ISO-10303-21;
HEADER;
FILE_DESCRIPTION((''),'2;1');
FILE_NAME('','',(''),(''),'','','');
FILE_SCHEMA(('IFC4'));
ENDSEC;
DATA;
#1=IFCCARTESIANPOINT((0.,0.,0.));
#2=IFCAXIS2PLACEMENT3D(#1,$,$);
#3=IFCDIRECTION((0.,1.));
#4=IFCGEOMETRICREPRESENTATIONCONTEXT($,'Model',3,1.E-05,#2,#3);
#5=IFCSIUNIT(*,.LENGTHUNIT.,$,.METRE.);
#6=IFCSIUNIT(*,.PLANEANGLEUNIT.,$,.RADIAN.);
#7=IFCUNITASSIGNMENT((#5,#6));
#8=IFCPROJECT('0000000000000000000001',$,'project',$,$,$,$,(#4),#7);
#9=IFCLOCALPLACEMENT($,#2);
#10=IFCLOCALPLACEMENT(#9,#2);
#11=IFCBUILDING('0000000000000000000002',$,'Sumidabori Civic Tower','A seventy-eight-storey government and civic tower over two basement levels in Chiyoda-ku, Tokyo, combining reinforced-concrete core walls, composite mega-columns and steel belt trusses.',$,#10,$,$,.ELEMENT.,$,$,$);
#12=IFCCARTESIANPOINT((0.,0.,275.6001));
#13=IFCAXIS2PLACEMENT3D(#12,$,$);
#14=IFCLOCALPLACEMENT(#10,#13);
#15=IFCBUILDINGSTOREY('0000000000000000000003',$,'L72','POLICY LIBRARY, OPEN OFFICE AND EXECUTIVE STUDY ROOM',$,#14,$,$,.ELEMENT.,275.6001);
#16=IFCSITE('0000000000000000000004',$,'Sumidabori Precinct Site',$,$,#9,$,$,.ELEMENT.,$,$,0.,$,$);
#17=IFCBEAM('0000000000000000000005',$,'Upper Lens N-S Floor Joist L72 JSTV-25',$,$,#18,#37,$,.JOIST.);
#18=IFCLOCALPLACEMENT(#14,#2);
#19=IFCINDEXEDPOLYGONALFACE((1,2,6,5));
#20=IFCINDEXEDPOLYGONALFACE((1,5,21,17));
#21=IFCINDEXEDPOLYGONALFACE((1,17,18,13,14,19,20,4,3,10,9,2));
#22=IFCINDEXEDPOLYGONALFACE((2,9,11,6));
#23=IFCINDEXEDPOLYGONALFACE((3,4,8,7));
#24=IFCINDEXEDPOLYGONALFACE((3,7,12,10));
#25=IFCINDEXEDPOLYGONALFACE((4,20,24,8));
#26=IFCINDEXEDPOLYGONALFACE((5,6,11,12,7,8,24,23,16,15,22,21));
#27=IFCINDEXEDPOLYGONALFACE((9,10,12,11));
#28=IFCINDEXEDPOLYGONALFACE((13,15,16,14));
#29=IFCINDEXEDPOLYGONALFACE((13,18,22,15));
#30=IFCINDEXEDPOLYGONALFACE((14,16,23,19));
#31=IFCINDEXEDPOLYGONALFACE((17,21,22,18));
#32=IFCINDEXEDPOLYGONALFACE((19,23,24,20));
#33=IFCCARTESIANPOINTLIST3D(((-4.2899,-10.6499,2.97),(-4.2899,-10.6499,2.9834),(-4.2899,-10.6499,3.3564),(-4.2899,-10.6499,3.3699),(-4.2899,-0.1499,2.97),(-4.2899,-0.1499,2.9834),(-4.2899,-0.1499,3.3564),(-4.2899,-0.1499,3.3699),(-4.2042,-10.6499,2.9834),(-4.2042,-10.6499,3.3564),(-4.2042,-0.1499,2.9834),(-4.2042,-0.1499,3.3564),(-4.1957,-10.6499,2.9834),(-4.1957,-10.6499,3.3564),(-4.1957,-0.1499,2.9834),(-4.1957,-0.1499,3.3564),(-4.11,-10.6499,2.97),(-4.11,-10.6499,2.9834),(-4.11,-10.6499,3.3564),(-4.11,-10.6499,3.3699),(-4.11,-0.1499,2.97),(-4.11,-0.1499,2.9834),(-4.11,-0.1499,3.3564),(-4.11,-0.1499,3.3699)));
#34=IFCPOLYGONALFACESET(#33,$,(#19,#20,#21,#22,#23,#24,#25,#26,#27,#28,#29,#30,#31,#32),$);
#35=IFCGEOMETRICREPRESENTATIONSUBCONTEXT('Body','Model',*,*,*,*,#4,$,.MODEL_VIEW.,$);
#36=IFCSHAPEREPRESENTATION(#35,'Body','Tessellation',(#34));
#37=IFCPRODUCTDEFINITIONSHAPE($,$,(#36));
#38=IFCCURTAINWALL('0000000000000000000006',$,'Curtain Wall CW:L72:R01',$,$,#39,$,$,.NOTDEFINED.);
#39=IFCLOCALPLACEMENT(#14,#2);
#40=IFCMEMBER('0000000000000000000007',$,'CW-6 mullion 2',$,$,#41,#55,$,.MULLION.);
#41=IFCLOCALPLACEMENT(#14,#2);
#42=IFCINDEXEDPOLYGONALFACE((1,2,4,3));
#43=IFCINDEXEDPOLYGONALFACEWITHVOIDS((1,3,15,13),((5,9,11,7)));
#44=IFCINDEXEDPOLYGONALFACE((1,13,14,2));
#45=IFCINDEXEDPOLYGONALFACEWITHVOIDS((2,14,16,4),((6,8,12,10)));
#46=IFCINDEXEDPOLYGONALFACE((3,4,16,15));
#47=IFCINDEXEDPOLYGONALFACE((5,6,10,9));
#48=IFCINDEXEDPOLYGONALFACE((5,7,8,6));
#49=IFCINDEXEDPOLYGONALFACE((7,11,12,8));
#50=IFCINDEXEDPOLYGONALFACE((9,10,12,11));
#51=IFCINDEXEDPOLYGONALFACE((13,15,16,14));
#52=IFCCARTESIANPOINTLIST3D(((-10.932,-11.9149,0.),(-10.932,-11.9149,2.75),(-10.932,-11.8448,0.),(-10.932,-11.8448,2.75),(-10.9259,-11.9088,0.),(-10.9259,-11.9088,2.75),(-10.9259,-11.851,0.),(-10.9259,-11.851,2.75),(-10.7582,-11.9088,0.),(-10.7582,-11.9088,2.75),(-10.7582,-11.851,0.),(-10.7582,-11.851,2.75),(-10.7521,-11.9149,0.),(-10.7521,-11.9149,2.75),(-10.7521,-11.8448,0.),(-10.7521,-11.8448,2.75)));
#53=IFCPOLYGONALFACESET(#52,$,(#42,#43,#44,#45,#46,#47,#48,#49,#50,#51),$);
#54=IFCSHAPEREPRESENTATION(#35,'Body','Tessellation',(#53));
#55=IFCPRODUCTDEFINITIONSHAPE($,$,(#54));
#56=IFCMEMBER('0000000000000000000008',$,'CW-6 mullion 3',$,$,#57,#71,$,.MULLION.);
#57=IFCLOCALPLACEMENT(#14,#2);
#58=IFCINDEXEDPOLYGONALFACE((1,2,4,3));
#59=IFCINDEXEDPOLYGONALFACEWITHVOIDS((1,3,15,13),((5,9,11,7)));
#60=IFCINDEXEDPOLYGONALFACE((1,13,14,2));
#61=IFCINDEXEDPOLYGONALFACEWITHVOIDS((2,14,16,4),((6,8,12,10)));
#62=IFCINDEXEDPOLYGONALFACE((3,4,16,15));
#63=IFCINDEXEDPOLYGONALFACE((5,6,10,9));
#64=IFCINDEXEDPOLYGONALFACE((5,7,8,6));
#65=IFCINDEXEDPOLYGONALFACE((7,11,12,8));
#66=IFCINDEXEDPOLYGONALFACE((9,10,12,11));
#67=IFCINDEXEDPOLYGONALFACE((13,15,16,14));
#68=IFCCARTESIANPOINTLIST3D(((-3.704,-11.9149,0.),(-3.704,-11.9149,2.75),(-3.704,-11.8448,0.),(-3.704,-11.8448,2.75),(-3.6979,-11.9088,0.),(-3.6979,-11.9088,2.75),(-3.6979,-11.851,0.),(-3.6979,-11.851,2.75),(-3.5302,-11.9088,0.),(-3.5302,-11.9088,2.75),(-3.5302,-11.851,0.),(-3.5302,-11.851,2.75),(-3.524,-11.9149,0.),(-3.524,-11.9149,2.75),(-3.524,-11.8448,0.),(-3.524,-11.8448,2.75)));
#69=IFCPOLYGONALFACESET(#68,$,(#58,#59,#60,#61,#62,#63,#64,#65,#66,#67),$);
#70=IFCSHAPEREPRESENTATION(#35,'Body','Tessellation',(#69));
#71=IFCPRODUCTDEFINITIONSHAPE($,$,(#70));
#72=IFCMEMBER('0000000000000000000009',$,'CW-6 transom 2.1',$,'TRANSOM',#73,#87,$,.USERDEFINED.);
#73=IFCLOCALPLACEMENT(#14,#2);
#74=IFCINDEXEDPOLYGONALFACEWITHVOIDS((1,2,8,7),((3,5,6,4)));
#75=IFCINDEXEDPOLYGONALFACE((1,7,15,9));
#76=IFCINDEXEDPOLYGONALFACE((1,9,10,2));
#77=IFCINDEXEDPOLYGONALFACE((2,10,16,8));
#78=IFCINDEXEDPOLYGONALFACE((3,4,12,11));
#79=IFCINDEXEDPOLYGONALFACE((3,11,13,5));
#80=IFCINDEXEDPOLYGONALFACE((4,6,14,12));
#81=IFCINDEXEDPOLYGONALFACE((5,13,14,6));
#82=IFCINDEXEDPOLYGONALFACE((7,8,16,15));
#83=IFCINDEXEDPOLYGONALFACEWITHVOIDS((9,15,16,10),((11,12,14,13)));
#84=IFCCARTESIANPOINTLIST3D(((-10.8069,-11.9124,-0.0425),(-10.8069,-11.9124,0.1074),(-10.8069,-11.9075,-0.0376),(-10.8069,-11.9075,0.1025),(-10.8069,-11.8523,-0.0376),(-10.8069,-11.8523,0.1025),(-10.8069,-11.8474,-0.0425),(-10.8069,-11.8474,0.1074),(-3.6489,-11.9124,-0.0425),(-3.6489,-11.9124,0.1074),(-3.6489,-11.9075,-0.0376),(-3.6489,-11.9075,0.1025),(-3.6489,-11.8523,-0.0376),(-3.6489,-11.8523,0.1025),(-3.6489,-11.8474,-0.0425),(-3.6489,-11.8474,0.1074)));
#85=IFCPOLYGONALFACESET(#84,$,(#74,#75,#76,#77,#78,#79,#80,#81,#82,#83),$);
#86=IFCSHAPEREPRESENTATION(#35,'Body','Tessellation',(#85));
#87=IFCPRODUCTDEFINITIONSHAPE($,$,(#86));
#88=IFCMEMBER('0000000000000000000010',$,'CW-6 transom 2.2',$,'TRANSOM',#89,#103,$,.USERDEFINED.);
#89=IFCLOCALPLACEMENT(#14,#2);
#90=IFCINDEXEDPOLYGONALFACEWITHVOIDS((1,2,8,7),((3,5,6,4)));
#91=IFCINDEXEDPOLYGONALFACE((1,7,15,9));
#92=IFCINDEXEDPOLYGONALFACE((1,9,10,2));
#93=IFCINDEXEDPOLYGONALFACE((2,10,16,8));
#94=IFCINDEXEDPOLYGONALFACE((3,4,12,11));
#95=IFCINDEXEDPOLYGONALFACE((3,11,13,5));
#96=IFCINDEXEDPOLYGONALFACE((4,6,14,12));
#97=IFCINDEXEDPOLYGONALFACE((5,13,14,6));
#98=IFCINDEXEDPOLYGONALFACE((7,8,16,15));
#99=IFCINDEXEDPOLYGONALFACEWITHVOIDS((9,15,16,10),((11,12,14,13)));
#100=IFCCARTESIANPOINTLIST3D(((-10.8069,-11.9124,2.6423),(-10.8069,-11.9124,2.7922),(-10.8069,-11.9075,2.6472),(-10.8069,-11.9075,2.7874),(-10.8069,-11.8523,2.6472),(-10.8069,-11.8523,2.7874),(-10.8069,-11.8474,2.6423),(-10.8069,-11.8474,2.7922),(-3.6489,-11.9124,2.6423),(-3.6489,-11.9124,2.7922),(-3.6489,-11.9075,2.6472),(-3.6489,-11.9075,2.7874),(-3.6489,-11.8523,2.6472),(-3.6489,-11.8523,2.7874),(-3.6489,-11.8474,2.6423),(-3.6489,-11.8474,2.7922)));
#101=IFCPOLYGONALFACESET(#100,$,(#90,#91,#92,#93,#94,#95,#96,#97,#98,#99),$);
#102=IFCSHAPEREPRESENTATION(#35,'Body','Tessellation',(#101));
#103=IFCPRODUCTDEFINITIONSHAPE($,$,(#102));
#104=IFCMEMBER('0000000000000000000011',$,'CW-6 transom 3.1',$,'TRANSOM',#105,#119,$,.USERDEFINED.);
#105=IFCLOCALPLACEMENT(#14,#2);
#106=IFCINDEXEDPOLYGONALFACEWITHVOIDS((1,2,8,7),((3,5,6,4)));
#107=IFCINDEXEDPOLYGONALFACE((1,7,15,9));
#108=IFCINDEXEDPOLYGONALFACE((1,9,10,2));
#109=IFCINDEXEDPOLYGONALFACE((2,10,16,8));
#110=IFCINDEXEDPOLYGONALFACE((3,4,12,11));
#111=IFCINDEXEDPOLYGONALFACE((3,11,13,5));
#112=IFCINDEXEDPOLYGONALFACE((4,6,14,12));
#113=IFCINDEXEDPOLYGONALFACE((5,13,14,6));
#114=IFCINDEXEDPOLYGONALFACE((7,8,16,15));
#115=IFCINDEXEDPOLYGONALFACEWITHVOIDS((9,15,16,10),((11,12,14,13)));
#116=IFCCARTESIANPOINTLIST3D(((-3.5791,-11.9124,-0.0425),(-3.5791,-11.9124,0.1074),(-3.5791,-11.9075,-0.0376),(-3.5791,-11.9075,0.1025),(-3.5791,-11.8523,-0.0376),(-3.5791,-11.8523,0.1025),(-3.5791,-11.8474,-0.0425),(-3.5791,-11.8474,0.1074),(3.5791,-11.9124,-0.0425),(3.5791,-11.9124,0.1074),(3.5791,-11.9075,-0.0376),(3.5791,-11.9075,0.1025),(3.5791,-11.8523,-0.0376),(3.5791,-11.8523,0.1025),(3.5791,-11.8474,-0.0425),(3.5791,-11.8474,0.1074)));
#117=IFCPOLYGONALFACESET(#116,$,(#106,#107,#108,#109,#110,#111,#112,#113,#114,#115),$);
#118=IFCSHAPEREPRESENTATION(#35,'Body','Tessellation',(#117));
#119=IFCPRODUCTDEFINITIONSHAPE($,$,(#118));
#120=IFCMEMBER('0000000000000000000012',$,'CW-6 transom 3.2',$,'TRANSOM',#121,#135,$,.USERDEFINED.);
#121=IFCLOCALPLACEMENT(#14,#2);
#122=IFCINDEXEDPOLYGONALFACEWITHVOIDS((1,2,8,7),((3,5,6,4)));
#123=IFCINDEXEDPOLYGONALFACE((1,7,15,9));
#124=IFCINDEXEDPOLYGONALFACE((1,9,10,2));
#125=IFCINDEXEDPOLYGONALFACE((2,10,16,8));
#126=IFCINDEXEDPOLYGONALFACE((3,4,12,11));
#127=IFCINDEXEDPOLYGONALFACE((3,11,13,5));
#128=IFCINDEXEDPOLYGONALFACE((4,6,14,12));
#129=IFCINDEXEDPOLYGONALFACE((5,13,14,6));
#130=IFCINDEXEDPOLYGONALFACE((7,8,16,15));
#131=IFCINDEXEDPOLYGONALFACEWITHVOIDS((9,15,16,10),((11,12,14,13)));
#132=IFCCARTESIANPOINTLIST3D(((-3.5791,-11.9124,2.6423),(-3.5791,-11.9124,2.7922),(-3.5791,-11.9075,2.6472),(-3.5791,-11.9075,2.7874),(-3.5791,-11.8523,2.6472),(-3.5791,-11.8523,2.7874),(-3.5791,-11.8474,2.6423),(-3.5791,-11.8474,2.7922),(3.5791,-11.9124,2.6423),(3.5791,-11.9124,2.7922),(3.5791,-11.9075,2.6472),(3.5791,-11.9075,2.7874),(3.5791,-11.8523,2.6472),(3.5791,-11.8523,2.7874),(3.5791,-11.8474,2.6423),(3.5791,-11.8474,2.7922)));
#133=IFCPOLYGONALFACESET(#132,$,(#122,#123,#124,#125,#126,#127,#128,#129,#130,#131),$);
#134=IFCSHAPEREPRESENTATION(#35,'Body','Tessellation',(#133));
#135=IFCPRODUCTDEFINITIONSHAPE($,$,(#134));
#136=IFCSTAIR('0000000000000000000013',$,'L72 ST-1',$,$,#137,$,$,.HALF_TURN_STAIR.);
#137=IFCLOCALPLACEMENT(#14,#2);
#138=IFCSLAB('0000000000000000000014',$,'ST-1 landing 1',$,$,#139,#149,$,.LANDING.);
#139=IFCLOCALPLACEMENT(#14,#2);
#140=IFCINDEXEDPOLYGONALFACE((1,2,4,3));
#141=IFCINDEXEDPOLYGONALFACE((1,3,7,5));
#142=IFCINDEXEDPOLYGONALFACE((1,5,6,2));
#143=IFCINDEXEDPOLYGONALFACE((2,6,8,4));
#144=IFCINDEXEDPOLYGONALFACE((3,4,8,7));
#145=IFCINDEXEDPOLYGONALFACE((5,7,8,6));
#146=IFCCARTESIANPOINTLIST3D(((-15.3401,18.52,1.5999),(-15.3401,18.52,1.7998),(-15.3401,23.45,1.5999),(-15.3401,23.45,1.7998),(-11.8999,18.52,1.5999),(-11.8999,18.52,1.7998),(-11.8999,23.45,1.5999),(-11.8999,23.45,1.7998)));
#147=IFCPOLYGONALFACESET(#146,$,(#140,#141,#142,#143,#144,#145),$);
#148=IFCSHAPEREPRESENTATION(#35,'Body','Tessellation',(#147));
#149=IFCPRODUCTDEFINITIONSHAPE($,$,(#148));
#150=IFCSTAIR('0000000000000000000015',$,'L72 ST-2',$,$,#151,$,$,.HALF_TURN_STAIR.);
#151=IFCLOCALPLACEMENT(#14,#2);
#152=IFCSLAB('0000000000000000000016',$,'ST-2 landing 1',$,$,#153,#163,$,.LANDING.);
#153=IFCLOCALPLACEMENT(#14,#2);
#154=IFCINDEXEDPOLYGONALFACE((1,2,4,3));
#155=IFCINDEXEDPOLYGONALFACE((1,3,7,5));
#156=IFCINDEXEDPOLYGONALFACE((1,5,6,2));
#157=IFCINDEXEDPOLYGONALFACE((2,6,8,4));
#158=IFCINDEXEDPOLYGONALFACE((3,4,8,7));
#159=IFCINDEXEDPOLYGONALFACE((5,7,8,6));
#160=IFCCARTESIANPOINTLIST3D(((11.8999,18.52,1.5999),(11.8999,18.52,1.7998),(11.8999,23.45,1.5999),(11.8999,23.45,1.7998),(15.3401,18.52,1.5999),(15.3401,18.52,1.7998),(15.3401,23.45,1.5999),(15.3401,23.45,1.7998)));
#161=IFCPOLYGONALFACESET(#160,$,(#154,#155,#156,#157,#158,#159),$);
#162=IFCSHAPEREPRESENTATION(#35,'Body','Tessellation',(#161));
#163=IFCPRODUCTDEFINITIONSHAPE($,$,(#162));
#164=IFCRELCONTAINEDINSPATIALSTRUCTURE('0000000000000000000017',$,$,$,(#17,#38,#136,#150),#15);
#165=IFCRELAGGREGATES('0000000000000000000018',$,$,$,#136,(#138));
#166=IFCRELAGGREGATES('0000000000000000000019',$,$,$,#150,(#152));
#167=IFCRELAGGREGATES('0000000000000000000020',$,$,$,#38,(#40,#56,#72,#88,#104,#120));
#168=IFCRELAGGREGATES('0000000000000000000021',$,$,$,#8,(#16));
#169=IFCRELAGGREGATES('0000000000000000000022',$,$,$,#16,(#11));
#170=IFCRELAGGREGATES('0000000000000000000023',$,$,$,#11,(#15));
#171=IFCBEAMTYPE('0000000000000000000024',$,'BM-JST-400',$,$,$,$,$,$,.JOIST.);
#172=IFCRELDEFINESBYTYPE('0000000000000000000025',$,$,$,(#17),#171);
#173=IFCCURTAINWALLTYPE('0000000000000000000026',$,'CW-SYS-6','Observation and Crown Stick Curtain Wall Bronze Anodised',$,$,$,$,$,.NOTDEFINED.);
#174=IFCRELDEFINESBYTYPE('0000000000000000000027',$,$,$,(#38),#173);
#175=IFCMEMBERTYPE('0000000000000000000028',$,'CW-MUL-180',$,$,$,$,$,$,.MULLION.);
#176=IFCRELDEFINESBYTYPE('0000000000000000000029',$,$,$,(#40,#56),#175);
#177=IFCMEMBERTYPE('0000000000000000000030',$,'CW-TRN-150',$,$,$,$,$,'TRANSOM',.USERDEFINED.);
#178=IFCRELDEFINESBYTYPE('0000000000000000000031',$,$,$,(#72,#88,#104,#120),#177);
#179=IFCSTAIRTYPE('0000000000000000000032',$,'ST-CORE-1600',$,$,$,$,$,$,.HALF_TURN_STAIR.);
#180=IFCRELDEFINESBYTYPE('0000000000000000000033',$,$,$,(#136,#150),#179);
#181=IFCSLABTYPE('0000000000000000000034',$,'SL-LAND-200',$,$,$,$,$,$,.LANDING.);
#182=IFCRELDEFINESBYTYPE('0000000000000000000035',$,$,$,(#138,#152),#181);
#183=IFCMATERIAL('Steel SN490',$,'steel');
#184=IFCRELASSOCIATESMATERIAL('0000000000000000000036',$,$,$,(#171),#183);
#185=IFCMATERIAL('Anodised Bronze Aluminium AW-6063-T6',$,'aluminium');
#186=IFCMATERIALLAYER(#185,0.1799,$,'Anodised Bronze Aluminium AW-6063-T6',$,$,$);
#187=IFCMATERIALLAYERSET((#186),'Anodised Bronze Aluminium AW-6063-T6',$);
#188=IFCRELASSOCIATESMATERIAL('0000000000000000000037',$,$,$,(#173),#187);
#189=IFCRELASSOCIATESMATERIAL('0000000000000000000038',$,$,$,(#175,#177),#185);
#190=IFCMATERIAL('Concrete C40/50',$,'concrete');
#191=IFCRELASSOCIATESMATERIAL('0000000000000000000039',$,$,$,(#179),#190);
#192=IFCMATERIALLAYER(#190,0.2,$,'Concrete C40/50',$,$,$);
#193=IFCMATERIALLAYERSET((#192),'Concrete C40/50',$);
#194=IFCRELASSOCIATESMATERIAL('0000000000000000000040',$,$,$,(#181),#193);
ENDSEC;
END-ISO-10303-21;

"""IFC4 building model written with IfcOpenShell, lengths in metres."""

from ifc_helpers import new_model, si_unit, direction, frame, origin, origin_2d, place, context, subcontext, project, spatial, polyline, hollow_rectangle, i_section, outline, extrude, source, transform, mapped, material, layer, layer_set, material_profile, profile_set, type_object, element, aggregate, save


model = new_model("IFC4")

# Units and contexts
model_context = context("Model", 3, precision=1e-05, world=origin(), true_north=direction((0.0, 1.0)))
body_context = subcontext(model_context, "Body", "Model", "MODEL_VIEW")
ifc_project = project(units=[si_unit("LENGTHUNIT", "METRE"), si_unit("PLANEANGLEUNIT", "RADIAN")], contexts=[model_context])

# Site, building, storey
site_placement = place(None, origin())
site = spatial("IfcSite", under=ifc_project, at=site_placement, Name="Sumidabori Precinct Site", CompositionType="ELEMENT", RefElevation=0.0)
building_placement = place(site_placement, origin())
building = spatial("IfcBuilding", under=site, at=building_placement, Name="Sumidabori Civic Tower", Description="A seventy-eight-storey government and civic tower over two basement levels in Chiyoda-ku, Tokyo, combining reinforced-concrete core walls, composite mega-columns and steel belt trusses.", CompositionType="ELEMENT")
storey_placement = place(building_placement, frame((0.0, 0.0, 275.6001)))
storey = spatial("IfcBuildingStorey", under=building, at=storey_placement, Name="L72", Description="POLICY LIBRARY, OPEN OFFICE AND EXECUTIVE STUDY ROOM", CompositionType="ELEMENT", Elevation=275.6001)

# Shared definitions
ifc_material_1 = material(Name="Steel SN490", Category="steel")

# Beam
ifc_material_profile_1 = material_profile(ifc_material_1, i_section(OverallWidth=0.1799, OverallDepth=0.3999, WebThickness=0.0085, FlangeThickness=0.0134, at=origin_2d()), Name="IPE 400")
ifc_profile_set_1 = profile_set([ifc_material_profile_1], Name="Steel SN490")
beam_type_1 = type_object("IfcBeamType", Name="BM-JST-400", PredefinedType="JOIST", material=ifc_profile_set_1)
shared_shape_1 = source(origin(), body_context, "Body", "SweptSolid", [
    extrude(i_section(OverallWidth=0.1799, OverallDepth=0.3999, WebThickness=0.0085, FlangeThickness=0.0134, at=origin_2d()), origin(), (0.0, 0.0, 1.0), 10.5),
])
for number, where, z_axis, x_axis, name in (
    (1, (-4.2, -10.6499, 3.1699), (0.0, 1.0, 0.0), (-1.0, 0.0, 0.0), "Upper Lens N-S Floor Joist L72 JSTV-25"),
):
    element("IfcBeam", number, at=place(storey_placement, frame(where, z_axis=z_axis, x_axis=x_axis)), inside=storey, type_object=beam_type_1, Name=name, PredefinedType="JOIST", context=body_context, shape_type="MappedRepresentation", body=[
        mapped(shared_shape_1, transform((0.0, 0.0, 0.0), x_axis=(1.0, 0.0, 0.0), y_axis=(0.0, 1.0, 0.0), z_axis=(0.0, 0.0, 1.0), scale=1.0)),
    ])

# Curtain wall, members
ifc_material_2 = material(Name="Anodised Bronze Aluminium AW-6063-T6", Category="aluminium")
ifc_layer_1 = layer(ifc_material_2, 0.1799, Name="Anodised Bronze Aluminium AW-6063-T6")
ifc_layer_set_1 = layer_set([ifc_layer_1], Name="Anodised Bronze Aluminium AW-6063-T6")
curtain_wall_type = type_object("IfcCurtainWallType", Name="CW-SYS-6", Description="Observation and Crown Stick Curtain Wall Bronze Anodised", PredefinedType="NOTDEFINED", material=ifc_layer_set_1)
curtain_wall_placement = place(storey_placement, origin())
curtain_wall = element("IfcCurtainWall", 2, at=curtain_wall_placement, inside=storey, type_object=curtain_wall_type, Name="Curtain Wall CW:L72:R01", PredefinedType="NOTDEFINED")
ifc_material_profile_2 = material_profile(ifc_material_2, hollow_rectangle(XDim=0.0701, YDim=0.1799, WallThickness=0.0061, at=origin_2d()), Name="ALU MULLION 180x70")
ifc_profile_set_2 = profile_set([ifc_material_profile_2], Name="Anodised Bronze Aluminium AW-6063-T6")
member_type_1 = type_object("IfcMemberType", Name="CW-MUL-180", PredefinedType="MULLION", material=ifc_profile_set_2)
shared_shape_2 = source(origin(), body_context, "Body", "SweptSolid", [
    extrude(hollow_rectangle(XDim=0.0701, YDim=0.1799, WallThickness=0.0061, at=origin_2d()), origin(), (0.0, 0.0, 1.0), 2.75),
])
member_1_placement = place(storey_placement, frame((-10.842, -11.8799, 0.0), z_axis=(0.0, 0.0, 1.0), x_axis=(0.0, 1.0, 0.0)))
member_1 = element("IfcMember", 3, at=member_1_placement, type_object=member_type_1, Name="CW-6 mullion 2", PredefinedType="MULLION", context=body_context, shape_type="MappedRepresentation", body=[
    mapped(shared_shape_2, transform((0.0, 0.0, 0.0), x_axis=(1.0, 0.0, 0.0), y_axis=(0.0, 1.0, 0.0), z_axis=(0.0, 0.0, 1.0), scale=1.0)),
])
member_2_placement = place(storey_placement, frame((-3.614, -11.8799, 0.0), z_axis=(0.0, 0.0, 1.0), x_axis=(0.0, 1.0, 0.0)))
member_2 = element("IfcMember", 4, at=member_2_placement, type_object=member_type_1, Name="CW-6 mullion 3", PredefinedType="MULLION", context=body_context, shape_type="MappedRepresentation", body=[
    mapped(shared_shape_2, transform((0.0, 0.0, 0.0), x_axis=(1.0, 0.0, 0.0), y_axis=(0.0, 1.0, 0.0), z_axis=(0.0, 0.0, 1.0), scale=1.0)),
])
ifc_material_profile_3 = material_profile(ifc_material_2, hollow_rectangle(XDim=0.0649, YDim=0.1499, WallThickness=0.0049, at=origin_2d()), Name="ALU TRANSOM 150x65")
ifc_profile_set_3 = profile_set([ifc_material_profile_3], Name="Anodised Bronze Aluminium AW-6063-T6")
member_type_2 = type_object("IfcMemberType", Name="CW-TRN-150", ElementType="TRANSOM", PredefinedType="USERDEFINED", material=ifc_profile_set_3)
shared_shape_3 = source(origin(), body_context, "Body", "SweptSolid", [
    extrude(hollow_rectangle(XDim=0.0649, YDim=0.1499, WallThickness=0.0049, at=origin_2d()), origin(), (0.0, 0.0, 1.0), 7.158),
])
member_3_placement = place(storey_placement, frame((-10.8069, -11.8799, 0.0325), z_axis=(1.0, 0.0, 0.0), x_axis=(0.0, 1.0, 0.0)))
member_3 = element("IfcMember", 5, at=member_3_placement, type_object=member_type_2, Name="CW-6 transom 2.1", ObjectType="TRANSOM", PredefinedType="USERDEFINED", context=body_context, shape_type="MappedRepresentation", body=[
    mapped(shared_shape_3, transform((0.0, 0.0, 0.0), x_axis=(1.0, 0.0, 0.0), y_axis=(0.0, 1.0, 0.0), z_axis=(0.0, 0.0, 1.0), scale=1.0)),
])
member_4_placement = place(storey_placement, frame((-10.8069, -11.8799, 2.7173), z_axis=(1.0, 0.0, 0.0), x_axis=(0.0, 1.0, 0.0)))
member_4 = element("IfcMember", 6, at=member_4_placement, type_object=member_type_2, Name="CW-6 transom 2.2", ObjectType="TRANSOM", PredefinedType="USERDEFINED", context=body_context, shape_type="MappedRepresentation", body=[
    mapped(shared_shape_3, transform((0.0, 0.0, 0.0), x_axis=(1.0, 0.0, 0.0), y_axis=(0.0, 1.0, 0.0), z_axis=(0.0, 0.0, 1.0), scale=1.0)),
])
shared_shape_4 = source(origin(), body_context, "Body", "SweptSolid", [
    extrude(hollow_rectangle(XDim=0.0649, YDim=0.1499, WallThickness=0.0049, at=origin_2d()), origin(), (0.0, 0.0, 1.0), 7.1582),
])
member_5_placement = place(storey_placement, frame((-3.5791, -11.8799, 0.0325), z_axis=(1.0, 0.0, 0.0), x_axis=(0.0, 1.0, 0.0)))
member_5 = element("IfcMember", 7, at=member_5_placement, type_object=member_type_2, Name="CW-6 transom 3.1", ObjectType="TRANSOM", PredefinedType="USERDEFINED", context=body_context, shape_type="MappedRepresentation", body=[
    mapped(shared_shape_4, transform((0.0, 0.0, 0.0), x_axis=(1.0, 0.0, 0.0), y_axis=(0.0, 1.0, 0.0), z_axis=(0.0, 0.0, 1.0), scale=1.0)),
])
member_6_placement = place(storey_placement, frame((-3.5791, -11.8799, 2.7173), z_axis=(1.0, 0.0, 0.0), x_axis=(0.0, 1.0, 0.0)))
member_6 = element("IfcMember", 8, at=member_6_placement, type_object=member_type_2, Name="CW-6 transom 3.2", ObjectType="TRANSOM", PredefinedType="USERDEFINED", context=body_context, shape_type="MappedRepresentation", body=[
    mapped(shared_shape_4, transform((0.0, 0.0, 0.0), x_axis=(1.0, 0.0, 0.0), y_axis=(0.0, 1.0, 0.0), z_axis=(0.0, 0.0, 1.0), scale=1.0)),
])

# Stairs, slabs
ifc_material_3 = material(Name="Concrete C40/50", Category="concrete")
stair_type = type_object("IfcStairType", Name="ST-CORE-1600", PredefinedType="HALF_TURN_STAIR", material=ifc_material_3)
stair_1_placement = place(storey_placement, origin())
stair_1 = element("IfcStair", 9, at=stair_1_placement, inside=storey, type_object=stair_type, Name="L72 ST-1", PredefinedType="HALF_TURN_STAIR")
ifc_layer_2 = layer(ifc_material_3, 0.2, Name="Concrete C40/50")
ifc_layer_set_2 = layer_set([ifc_layer_2], Name="Concrete C40/50")
slab_type_1 = type_object("IfcSlabType", Name="SL-LAND-200", PredefinedType="LANDING", material=ifc_layer_set_2)
slab_1_placement = place(storey_placement, frame((0.0, 0.0, 1.5999)))
slab_1 = element("IfcSlab", 10, at=slab_1_placement, type_object=slab_type_1, Name="ST-1 landing 1", PredefinedType="LANDING", context=body_context, shape_type="SweptSolid", body=[
    extrude(outline(polyline([(-11.8999, 18.52), (-11.8999, 23.45), (-15.3401, 23.45), (-15.3401, 18.52), (-11.8999, 18.52)])), origin(), (0.0, 0.0, 1.0), 0.2),
])
aggregate(stair_1, [slab_1])
stair_2_placement = place(storey_placement, origin())
stair_2 = element("IfcStair", 11, at=stair_2_placement, inside=storey, type_object=stair_type, Name="L72 ST-2", PredefinedType="HALF_TURN_STAIR")
slab_2_placement = place(storey_placement, frame((0.0, 0.0, 1.5999)))
slab_2 = element("IfcSlab", 12, at=slab_2_placement, type_object=slab_type_1, Name="ST-2 landing 1", PredefinedType="LANDING", context=body_context, shape_type="SweptSolid", body=[
    extrude(outline(polyline([(15.3401, 18.52), (15.3401, 23.45), (11.8999, 23.45), (11.8999, 18.52), (15.3401, 18.52)])), origin(), (0.0, 0.0, 1.0), 0.2),
])
aggregate(stair_2, [slab_2])

aggregate(curtain_wall, [member_1, member_2, member_3, member_4, member_5, member_6])

save(model, "model.ifc")
